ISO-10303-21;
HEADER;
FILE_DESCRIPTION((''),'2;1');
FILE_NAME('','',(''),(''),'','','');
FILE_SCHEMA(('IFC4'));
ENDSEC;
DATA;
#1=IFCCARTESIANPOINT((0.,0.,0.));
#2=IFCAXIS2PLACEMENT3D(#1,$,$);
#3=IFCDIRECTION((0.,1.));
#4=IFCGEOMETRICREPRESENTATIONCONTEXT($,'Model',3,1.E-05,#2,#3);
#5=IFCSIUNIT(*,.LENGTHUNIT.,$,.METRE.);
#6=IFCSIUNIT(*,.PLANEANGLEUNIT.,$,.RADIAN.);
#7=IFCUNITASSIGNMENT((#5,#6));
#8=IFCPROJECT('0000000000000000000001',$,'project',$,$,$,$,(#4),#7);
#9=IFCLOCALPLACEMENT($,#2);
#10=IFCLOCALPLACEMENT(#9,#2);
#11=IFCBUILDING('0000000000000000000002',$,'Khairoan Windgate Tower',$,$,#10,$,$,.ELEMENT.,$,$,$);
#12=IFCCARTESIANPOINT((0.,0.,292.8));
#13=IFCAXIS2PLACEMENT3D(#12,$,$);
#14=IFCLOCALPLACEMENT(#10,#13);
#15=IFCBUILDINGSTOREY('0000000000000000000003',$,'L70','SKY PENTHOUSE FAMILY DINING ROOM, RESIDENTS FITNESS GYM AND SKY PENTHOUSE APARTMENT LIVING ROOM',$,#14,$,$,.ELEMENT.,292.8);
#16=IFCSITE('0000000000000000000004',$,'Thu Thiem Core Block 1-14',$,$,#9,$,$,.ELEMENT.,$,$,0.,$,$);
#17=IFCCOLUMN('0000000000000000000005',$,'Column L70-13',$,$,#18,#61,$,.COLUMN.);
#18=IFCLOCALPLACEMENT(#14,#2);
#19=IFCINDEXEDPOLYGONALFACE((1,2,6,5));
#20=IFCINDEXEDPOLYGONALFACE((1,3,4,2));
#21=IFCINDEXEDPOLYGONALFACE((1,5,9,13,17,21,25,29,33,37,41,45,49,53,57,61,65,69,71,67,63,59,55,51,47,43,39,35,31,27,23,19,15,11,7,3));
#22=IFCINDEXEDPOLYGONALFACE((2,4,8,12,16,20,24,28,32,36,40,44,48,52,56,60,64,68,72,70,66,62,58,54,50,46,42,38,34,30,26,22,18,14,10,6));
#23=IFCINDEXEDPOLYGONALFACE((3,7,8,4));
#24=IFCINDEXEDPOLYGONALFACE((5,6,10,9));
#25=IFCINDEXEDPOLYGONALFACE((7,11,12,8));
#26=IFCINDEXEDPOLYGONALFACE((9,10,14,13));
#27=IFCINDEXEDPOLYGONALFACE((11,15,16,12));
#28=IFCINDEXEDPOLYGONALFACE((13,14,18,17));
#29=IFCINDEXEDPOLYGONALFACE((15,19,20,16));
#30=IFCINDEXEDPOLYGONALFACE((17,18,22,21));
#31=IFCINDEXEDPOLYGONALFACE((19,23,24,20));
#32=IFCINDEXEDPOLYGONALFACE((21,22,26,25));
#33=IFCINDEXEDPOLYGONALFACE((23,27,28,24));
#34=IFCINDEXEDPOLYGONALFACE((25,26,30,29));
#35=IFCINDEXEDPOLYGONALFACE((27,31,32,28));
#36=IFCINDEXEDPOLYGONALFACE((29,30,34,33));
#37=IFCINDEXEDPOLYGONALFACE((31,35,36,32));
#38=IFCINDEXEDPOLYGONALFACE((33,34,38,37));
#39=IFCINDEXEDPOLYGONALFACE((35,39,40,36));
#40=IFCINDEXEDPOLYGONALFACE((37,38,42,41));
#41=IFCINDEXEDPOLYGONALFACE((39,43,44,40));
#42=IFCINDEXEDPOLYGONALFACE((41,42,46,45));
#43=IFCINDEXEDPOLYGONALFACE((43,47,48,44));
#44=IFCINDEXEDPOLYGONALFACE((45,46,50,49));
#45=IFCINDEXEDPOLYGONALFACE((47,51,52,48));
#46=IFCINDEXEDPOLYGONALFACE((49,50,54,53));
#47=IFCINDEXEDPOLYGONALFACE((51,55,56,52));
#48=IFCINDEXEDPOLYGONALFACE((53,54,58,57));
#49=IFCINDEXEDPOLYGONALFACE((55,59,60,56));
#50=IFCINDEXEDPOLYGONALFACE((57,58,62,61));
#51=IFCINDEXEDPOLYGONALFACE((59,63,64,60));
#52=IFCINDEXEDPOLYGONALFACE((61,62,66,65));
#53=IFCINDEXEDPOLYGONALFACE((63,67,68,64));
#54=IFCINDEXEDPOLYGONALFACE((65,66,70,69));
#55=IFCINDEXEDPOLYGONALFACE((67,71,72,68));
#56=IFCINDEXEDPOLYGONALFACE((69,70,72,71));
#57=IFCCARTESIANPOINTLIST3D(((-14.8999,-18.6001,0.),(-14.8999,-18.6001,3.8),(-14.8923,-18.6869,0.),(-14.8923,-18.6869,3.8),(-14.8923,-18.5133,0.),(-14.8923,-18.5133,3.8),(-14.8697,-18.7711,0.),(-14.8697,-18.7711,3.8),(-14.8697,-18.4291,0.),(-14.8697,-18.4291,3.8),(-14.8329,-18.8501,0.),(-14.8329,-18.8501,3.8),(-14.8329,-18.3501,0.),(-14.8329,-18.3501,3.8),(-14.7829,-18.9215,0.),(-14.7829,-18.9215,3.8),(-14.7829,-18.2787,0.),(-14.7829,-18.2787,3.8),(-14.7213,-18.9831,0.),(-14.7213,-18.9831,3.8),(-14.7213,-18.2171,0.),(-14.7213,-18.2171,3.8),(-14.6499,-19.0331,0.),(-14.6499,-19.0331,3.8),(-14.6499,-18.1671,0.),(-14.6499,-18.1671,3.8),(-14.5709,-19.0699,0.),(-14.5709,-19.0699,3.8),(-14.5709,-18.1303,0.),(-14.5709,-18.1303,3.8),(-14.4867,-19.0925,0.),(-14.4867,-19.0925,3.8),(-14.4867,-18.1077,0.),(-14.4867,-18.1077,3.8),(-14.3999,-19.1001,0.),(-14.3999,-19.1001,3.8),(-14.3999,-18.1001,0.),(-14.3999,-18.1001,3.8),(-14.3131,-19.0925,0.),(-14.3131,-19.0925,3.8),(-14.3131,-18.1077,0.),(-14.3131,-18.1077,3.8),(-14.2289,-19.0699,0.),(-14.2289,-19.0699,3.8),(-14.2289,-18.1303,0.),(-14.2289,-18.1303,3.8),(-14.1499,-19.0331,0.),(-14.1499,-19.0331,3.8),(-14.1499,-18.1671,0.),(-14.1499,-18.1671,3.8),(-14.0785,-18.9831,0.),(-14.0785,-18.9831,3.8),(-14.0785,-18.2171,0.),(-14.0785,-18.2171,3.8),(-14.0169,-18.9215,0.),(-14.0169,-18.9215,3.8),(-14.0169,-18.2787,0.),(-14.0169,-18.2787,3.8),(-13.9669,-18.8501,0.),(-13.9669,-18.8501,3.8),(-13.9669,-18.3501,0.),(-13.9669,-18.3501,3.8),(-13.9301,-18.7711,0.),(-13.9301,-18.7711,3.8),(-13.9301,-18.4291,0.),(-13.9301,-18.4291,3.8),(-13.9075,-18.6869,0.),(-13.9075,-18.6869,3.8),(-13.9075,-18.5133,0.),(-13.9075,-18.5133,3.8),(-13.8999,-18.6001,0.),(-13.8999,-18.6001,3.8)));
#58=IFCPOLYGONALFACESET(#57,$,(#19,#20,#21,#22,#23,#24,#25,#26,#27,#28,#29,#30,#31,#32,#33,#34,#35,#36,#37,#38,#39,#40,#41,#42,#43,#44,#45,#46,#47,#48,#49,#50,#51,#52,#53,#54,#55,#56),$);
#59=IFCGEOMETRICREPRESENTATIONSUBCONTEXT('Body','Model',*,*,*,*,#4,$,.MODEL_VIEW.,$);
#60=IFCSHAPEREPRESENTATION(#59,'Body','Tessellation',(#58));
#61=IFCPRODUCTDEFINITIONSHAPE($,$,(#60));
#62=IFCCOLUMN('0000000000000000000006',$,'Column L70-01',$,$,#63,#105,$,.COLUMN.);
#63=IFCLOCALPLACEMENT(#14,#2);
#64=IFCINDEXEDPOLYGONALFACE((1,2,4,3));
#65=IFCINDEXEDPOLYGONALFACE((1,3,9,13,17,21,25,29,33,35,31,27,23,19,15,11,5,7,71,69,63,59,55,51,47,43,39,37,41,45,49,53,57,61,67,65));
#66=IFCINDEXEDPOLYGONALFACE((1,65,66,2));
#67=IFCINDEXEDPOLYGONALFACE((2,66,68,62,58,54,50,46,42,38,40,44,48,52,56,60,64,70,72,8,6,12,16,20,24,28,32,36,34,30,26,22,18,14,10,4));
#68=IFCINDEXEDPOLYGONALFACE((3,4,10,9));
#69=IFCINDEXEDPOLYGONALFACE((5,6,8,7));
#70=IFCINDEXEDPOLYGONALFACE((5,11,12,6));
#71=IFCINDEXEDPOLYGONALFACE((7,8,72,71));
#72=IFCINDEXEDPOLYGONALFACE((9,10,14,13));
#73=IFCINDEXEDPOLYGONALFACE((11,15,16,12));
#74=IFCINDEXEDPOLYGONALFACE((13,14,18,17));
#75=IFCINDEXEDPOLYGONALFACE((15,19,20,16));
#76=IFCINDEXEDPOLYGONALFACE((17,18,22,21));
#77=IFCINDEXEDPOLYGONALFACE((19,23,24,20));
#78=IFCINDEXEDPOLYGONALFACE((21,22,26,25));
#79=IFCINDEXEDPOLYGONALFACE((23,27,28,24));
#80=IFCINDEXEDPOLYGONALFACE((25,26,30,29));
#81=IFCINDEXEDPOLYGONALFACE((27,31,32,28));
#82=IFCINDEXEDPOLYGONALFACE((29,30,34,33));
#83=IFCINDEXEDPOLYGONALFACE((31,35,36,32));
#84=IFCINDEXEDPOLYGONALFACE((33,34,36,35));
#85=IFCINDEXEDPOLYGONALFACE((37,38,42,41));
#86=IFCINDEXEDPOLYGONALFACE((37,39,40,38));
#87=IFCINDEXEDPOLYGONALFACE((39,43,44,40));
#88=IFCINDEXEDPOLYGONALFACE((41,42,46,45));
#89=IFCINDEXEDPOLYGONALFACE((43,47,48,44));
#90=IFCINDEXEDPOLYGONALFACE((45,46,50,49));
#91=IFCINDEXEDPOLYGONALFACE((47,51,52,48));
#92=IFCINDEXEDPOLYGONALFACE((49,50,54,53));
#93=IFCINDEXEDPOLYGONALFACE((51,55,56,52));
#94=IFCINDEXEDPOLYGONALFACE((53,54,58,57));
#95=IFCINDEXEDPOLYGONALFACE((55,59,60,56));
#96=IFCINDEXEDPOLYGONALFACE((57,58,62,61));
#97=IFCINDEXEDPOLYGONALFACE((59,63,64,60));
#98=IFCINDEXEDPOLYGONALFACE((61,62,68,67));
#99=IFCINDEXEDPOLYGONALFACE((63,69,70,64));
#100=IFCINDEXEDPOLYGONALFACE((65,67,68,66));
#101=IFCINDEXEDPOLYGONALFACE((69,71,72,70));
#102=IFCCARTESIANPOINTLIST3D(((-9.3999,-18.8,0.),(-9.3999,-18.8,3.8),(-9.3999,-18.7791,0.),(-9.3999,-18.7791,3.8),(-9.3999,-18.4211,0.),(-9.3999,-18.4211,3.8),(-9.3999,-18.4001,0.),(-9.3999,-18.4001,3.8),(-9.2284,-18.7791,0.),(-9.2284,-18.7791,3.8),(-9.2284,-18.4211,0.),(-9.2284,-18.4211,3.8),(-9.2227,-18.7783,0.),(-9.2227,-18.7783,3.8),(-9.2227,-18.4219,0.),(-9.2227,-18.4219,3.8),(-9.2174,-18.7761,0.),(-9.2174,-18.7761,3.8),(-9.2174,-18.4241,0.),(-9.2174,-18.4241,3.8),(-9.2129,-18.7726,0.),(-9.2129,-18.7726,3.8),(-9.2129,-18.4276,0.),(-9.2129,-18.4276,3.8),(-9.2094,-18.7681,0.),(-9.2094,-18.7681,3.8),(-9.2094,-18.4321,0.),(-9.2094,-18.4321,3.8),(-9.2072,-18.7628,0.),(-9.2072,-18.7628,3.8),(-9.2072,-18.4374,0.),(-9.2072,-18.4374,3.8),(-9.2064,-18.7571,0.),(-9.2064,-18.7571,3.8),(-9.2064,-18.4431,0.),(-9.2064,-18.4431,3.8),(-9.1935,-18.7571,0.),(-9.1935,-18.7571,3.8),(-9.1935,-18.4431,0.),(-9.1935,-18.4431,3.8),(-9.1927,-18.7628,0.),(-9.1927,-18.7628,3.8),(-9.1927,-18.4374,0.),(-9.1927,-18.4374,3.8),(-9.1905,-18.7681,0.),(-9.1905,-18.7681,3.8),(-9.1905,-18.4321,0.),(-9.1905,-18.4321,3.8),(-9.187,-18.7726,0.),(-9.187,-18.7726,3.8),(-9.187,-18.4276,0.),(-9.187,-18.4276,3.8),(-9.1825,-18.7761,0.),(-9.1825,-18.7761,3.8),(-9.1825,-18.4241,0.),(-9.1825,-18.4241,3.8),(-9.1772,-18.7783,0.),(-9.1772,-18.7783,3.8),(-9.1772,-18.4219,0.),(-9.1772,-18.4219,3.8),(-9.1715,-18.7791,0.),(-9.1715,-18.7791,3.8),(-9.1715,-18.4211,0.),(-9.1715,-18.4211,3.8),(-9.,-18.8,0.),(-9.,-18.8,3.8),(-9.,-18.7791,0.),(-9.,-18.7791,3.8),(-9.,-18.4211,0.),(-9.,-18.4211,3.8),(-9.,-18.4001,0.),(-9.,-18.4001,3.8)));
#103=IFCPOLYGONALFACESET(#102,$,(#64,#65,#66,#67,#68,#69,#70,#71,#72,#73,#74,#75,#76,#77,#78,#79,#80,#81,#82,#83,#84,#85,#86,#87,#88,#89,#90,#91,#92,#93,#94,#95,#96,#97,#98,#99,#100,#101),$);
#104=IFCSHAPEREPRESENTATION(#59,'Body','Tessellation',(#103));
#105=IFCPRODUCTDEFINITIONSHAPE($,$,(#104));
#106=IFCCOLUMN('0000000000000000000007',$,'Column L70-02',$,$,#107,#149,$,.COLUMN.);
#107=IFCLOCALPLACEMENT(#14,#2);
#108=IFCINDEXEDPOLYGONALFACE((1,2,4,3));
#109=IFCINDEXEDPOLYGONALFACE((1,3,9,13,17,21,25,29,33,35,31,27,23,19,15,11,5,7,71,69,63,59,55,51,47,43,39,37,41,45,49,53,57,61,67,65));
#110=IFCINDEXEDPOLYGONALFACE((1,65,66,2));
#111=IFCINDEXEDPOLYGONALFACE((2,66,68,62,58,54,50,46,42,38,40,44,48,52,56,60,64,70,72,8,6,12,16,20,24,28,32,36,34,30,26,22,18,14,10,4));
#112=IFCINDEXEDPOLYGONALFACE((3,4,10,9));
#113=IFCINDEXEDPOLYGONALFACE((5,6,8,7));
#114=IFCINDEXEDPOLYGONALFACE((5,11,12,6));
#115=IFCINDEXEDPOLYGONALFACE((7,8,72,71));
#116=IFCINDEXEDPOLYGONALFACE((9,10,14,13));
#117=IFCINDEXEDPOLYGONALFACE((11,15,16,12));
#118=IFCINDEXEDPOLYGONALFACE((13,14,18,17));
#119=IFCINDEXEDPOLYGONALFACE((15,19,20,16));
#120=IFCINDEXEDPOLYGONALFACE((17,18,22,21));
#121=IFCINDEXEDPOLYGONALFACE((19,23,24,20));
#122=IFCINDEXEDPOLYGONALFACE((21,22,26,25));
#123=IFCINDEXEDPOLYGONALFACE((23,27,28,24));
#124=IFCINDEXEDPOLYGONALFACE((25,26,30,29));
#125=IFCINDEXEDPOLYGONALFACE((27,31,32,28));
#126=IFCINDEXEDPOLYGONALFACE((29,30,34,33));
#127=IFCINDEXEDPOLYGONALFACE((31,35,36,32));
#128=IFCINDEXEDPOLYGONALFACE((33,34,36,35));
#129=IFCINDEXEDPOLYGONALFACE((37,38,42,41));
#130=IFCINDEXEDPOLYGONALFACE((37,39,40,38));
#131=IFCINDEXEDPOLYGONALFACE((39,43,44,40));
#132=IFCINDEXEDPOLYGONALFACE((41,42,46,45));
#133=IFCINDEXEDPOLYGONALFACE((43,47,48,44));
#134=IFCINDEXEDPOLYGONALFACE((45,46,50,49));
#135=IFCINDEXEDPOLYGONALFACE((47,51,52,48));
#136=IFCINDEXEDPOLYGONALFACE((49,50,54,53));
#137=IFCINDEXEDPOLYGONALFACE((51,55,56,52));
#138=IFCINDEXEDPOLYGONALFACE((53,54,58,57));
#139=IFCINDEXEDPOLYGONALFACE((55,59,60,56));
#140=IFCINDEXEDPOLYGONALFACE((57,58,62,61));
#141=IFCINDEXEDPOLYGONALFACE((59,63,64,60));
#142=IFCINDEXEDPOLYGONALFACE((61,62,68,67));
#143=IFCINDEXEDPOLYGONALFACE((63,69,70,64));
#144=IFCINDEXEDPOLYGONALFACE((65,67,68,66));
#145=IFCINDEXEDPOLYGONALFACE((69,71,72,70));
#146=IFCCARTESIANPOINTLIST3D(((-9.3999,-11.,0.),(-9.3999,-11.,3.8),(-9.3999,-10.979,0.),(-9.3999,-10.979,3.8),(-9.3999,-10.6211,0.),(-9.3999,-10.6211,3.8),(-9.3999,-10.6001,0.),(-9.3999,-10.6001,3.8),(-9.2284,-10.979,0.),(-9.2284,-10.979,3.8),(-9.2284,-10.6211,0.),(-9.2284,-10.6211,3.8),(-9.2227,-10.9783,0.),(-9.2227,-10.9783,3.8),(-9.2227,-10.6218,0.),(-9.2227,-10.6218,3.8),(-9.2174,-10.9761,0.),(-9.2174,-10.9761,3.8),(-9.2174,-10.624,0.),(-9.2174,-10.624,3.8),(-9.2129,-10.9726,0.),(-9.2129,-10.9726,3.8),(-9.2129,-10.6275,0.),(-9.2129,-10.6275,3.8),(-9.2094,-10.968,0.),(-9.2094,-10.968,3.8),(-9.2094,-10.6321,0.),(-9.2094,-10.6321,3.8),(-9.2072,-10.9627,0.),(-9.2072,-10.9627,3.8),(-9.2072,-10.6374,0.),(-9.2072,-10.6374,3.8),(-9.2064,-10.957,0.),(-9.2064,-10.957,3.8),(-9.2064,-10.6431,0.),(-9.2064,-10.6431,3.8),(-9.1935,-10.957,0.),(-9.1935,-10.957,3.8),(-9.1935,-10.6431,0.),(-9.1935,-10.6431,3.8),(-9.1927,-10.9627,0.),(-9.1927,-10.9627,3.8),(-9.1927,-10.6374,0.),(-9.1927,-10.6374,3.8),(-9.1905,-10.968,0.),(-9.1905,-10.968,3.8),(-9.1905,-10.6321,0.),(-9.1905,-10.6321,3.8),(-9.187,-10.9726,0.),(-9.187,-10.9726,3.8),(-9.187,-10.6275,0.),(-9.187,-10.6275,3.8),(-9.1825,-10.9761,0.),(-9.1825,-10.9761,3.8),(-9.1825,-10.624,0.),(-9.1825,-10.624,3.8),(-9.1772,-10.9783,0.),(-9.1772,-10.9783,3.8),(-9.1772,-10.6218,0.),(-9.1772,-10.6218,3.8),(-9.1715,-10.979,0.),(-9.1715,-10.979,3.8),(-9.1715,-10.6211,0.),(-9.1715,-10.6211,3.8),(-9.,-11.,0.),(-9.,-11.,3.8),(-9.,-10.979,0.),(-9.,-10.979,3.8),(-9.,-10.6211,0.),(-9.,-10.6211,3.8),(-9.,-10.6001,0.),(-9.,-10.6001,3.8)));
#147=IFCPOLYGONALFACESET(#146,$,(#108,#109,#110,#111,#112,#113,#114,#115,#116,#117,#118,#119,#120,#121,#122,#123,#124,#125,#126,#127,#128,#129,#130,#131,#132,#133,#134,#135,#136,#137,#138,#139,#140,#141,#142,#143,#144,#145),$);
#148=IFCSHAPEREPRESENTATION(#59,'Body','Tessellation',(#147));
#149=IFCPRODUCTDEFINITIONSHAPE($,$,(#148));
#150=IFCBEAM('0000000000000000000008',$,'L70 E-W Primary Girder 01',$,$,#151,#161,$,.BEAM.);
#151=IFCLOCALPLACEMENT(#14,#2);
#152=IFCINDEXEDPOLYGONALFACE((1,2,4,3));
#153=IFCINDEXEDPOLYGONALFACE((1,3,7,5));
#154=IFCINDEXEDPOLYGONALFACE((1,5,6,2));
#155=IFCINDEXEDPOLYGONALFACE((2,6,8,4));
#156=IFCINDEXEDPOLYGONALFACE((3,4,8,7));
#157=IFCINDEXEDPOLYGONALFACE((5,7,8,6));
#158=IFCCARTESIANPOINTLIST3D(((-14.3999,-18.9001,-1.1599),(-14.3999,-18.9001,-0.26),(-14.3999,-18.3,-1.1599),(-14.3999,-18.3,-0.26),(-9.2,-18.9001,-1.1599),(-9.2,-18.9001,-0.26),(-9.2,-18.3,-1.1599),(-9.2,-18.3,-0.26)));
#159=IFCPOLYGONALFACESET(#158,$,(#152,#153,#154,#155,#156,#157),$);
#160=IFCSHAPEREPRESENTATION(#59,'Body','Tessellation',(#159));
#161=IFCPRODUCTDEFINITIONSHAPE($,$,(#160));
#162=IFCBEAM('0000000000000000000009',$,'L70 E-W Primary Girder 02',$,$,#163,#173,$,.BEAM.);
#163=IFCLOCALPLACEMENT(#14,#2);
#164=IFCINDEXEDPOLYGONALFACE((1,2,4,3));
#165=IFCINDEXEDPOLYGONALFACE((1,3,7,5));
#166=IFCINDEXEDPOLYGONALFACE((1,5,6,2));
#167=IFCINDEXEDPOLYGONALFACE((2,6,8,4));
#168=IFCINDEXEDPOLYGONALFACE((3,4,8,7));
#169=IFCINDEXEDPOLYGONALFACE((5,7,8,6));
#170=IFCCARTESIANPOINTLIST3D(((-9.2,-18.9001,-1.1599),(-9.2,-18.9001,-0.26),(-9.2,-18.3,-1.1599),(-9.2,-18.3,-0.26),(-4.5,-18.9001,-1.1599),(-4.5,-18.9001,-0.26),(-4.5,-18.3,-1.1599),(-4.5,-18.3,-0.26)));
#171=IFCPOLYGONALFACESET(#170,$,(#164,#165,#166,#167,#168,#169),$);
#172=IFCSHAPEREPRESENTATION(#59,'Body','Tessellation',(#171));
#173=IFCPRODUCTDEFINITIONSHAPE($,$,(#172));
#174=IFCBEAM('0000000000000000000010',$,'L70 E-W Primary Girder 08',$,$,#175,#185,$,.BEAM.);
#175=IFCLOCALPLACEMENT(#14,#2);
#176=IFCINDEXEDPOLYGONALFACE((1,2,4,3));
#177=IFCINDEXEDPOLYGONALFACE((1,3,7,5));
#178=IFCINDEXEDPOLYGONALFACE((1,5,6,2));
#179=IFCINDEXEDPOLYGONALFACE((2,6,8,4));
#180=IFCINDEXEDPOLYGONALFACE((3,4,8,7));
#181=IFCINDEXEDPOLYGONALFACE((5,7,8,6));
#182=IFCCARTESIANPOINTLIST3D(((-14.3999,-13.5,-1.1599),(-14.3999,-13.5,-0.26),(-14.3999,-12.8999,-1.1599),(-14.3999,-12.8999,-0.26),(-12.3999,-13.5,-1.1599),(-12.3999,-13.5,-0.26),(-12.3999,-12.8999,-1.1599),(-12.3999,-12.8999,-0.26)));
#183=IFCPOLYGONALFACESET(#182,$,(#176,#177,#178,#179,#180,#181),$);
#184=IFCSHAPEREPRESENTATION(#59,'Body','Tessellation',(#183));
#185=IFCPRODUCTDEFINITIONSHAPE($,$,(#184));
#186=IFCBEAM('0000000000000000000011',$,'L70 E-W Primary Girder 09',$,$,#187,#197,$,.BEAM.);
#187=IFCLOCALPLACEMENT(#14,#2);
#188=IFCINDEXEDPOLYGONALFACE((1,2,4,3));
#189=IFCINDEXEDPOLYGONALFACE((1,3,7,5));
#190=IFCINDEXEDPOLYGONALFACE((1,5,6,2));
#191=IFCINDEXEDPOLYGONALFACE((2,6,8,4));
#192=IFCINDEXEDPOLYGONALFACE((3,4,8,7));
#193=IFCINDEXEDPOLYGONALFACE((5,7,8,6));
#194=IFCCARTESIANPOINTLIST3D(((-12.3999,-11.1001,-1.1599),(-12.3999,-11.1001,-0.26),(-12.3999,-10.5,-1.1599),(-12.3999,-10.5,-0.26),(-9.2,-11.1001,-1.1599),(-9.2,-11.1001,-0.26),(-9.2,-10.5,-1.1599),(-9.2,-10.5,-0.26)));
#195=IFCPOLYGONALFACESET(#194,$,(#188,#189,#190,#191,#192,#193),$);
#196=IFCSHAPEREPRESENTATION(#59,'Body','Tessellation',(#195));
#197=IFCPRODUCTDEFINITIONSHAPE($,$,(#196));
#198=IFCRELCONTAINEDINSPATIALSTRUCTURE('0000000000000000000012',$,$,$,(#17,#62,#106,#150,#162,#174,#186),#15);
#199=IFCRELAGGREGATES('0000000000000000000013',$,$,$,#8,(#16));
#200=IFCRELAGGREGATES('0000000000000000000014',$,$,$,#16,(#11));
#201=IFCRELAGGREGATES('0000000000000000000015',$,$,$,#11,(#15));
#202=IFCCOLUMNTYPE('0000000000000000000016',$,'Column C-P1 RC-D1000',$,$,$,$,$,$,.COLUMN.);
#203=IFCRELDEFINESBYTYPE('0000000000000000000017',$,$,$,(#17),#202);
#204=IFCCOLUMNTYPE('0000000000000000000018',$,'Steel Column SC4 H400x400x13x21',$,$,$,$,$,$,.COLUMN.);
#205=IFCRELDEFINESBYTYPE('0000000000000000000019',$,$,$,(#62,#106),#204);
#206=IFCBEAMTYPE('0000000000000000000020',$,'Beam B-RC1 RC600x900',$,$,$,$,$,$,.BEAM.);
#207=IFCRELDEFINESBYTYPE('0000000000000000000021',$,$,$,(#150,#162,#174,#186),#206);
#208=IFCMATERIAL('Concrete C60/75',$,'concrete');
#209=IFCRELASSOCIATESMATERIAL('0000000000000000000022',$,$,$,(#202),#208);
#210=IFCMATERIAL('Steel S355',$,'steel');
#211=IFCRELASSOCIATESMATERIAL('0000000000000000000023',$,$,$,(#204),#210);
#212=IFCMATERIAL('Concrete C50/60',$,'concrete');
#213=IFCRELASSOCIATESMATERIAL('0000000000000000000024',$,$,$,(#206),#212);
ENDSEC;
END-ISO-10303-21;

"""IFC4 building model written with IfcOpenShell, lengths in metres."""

from ifc_helpers import new_model, si_unit, direction, frame, origin, origin_2d, place, context, subcontext, project, spatial, rectangle, circle, i_section, extrude, material, material_profile, profile_set, type_object, element, save


model = new_model("IFC4")

# Units and contexts
model_context = context("Model", 3, precision=1e-05, world=origin(), true_north=direction((0.0, 1.0)))
body_context = subcontext(model_context, "Body", "Model", "MODEL_VIEW")
ifc_project = project(units=[si_unit("LENGTHUNIT", "METRE"), si_unit("PLANEANGLEUNIT", "RADIAN")], contexts=[model_context])

# Site, building, storey
site_placement = place(None, origin())
site = spatial("IfcSite", under=ifc_project, at=site_placement, Name="Thu Thiem Core Block 1-14", CompositionType="ELEMENT", RefElevation=0.0)
building_placement = place(site_placement, origin())
building = spatial("IfcBuilding", under=site, at=building_placement, Name="Khairoan Windgate Tower", CompositionType="ELEMENT")
storey_placement = place(building_placement, frame((0.0, 0.0, 292.8)))
storey = spatial("IfcBuildingStorey", under=building, at=storey_placement, Name="L70", Description="SKY PENTHOUSE FAMILY DINING ROOM, RESIDENTS FITNESS GYM AND SKY PENTHOUSE APARTMENT LIVING ROOM", CompositionType="ELEMENT", Elevation=292.8)

# Columns
ifc_material_1 = material(Name="Concrete C60/75", Category="concrete")
ifc_material_profile_1 = material_profile(ifc_material_1, circle(Radius=0.5, at=origin_2d()))
ifc_profile_set_1 = profile_set([ifc_material_profile_1], Name="Concrete C60/75")
column_type_1 = type_object("IfcColumnType", Name="Column C-P1 RC-D1000", PredefinedType="COLUMN", material=ifc_profile_set_1)
column_placement = place(storey_placement, frame((-14.3999, -18.6001, 0.0), z_axis=(0.0, 0.0, 1.0), x_axis=(1.0, 0.0, 0.0)))
element("IfcColumn", 1, at=column_placement, inside=storey, type_object=column_type_1, Name="Column L70-13", PredefinedType="COLUMN", context=body_context, shape_type="SweptSolid", body=[
    extrude(circle(Radius=0.5, at=origin_2d()), origin(), (0.0, 0.0, 1.0), 3.8),
])
ifc_material_2 = material(Name="Steel S355", Category="steel")
ifc_material_profile_2 = material_profile(ifc_material_2, i_section(OverallWidth=0.3999, OverallDepth=0.3999, WebThickness=0.0129, FlangeThickness=0.021, FilletRadius=0.022, at=origin_2d()))
ifc_profile_set_2 = profile_set([ifc_material_profile_2], Name="Steel S355")
column_type_2 = type_object("IfcColumnType", Name="Steel Column SC4 H400x400x13x21", PredefinedType="COLUMN", material=ifc_profile_set_2)
for number, where, z_axis, x_axis, name in (
    (2, (-9.2, -18.6001, 0.0), (0.0, 0.0, 1.0), (1.0, 0.0, 0.0), "Column L70-01"),
    (3, (-9.2, -10.8, 0.0), (0.0, 0.0, 1.0), (1.0, 0.0, 0.0), "Column L70-02"),
):
    element("IfcColumn", number, at=place(storey_placement, frame(where, z_axis=z_axis, x_axis=x_axis)), inside=storey, type_object=column_type_2, Name=name, PredefinedType="COLUMN", context=body_context, shape_type="SweptSolid", body=[
        extrude(i_section(OverallWidth=0.3999, OverallDepth=0.3999, WebThickness=0.0129, FlangeThickness=0.021, FilletRadius=0.022, at=origin_2d()), origin(), (0.0, 0.0, 1.0), 3.8),
    ])

# Beams
ifc_material_3 = material(Name="Concrete C50/60", Category="concrete")
ifc_material_profile_3 = material_profile(ifc_material_3, rectangle(XDim=0.6001, YDim=0.8999, at=origin_2d()))
ifc_profile_set_3 = profile_set([ifc_material_profile_3], Name="Concrete C50/60")
beam_type = type_object("IfcBeamType", Name="Beam B-RC1 RC600x900", PredefinedType="BEAM", material=ifc_profile_set_3)
beam_1_placement = place(storey_placement, frame((-14.3999, -18.6001, -0.71), z_axis=(1.0, 0.0, 0.0), x_axis=(0.0, 1.0, 0.0)))
element("IfcBeam", 4, at=beam_1_placement, inside=storey, type_object=beam_type, Name="L70 E-W Primary Girder 01", PredefinedType="BEAM", context=body_context, shape_type="SweptSolid", body=[
    extrude(rectangle(XDim=0.6001, YDim=0.8999, at=origin_2d()), origin(), (0.0, 0.0, 1.0), 5.2),
])
beam_2_placement = place(storey_placement, frame((-9.2, -18.6001, -0.71), z_axis=(1.0, 0.0, 0.0), x_axis=(0.0, 1.0, 0.0)))
element("IfcBeam", 5, at=beam_2_placement, inside=storey, type_object=beam_type, Name="L70 E-W Primary Girder 02", PredefinedType="BEAM", context=body_context, shape_type="SweptSolid", body=[
    extrude(rectangle(XDim=0.6001, YDim=0.8999, at=origin_2d()), origin(), (0.0, 0.0, 1.0), 4.7),
])
beam_3_placement = place(storey_placement, frame((-14.3999, -13.2, -0.71), z_axis=(1.0, 0.0, 0.0), x_axis=(0.0, 1.0, 0.0)))
element("IfcBeam", 6, at=beam_3_placement, inside=storey, type_object=beam_type, Name="L70 E-W Primary Girder 08", PredefinedType="BEAM", context=body_context, shape_type="SweptSolid", body=[
    extrude(rectangle(XDim=0.6001, YDim=0.8999, at=origin_2d()), origin(), (0.0, 0.0, 1.0), 2.0),
])
beam_4_placement = place(storey_placement, frame((-12.3999, -10.8, -0.71), z_axis=(1.0, 0.0, 0.0), x_axis=(0.0, 1.0, 0.0)))
element("IfcBeam", 7, at=beam_4_placement, inside=storey, type_object=beam_type, Name="L70 E-W Primary Girder 09", PredefinedType="BEAM", context=body_context, shape_type="SweptSolid", body=[
    extrude(rectangle(XDim=0.6001, YDim=0.8999, at=origin_2d()), origin(), (0.0, 0.0, 1.0), 3.2),
])

save(model, "model.ifc")
